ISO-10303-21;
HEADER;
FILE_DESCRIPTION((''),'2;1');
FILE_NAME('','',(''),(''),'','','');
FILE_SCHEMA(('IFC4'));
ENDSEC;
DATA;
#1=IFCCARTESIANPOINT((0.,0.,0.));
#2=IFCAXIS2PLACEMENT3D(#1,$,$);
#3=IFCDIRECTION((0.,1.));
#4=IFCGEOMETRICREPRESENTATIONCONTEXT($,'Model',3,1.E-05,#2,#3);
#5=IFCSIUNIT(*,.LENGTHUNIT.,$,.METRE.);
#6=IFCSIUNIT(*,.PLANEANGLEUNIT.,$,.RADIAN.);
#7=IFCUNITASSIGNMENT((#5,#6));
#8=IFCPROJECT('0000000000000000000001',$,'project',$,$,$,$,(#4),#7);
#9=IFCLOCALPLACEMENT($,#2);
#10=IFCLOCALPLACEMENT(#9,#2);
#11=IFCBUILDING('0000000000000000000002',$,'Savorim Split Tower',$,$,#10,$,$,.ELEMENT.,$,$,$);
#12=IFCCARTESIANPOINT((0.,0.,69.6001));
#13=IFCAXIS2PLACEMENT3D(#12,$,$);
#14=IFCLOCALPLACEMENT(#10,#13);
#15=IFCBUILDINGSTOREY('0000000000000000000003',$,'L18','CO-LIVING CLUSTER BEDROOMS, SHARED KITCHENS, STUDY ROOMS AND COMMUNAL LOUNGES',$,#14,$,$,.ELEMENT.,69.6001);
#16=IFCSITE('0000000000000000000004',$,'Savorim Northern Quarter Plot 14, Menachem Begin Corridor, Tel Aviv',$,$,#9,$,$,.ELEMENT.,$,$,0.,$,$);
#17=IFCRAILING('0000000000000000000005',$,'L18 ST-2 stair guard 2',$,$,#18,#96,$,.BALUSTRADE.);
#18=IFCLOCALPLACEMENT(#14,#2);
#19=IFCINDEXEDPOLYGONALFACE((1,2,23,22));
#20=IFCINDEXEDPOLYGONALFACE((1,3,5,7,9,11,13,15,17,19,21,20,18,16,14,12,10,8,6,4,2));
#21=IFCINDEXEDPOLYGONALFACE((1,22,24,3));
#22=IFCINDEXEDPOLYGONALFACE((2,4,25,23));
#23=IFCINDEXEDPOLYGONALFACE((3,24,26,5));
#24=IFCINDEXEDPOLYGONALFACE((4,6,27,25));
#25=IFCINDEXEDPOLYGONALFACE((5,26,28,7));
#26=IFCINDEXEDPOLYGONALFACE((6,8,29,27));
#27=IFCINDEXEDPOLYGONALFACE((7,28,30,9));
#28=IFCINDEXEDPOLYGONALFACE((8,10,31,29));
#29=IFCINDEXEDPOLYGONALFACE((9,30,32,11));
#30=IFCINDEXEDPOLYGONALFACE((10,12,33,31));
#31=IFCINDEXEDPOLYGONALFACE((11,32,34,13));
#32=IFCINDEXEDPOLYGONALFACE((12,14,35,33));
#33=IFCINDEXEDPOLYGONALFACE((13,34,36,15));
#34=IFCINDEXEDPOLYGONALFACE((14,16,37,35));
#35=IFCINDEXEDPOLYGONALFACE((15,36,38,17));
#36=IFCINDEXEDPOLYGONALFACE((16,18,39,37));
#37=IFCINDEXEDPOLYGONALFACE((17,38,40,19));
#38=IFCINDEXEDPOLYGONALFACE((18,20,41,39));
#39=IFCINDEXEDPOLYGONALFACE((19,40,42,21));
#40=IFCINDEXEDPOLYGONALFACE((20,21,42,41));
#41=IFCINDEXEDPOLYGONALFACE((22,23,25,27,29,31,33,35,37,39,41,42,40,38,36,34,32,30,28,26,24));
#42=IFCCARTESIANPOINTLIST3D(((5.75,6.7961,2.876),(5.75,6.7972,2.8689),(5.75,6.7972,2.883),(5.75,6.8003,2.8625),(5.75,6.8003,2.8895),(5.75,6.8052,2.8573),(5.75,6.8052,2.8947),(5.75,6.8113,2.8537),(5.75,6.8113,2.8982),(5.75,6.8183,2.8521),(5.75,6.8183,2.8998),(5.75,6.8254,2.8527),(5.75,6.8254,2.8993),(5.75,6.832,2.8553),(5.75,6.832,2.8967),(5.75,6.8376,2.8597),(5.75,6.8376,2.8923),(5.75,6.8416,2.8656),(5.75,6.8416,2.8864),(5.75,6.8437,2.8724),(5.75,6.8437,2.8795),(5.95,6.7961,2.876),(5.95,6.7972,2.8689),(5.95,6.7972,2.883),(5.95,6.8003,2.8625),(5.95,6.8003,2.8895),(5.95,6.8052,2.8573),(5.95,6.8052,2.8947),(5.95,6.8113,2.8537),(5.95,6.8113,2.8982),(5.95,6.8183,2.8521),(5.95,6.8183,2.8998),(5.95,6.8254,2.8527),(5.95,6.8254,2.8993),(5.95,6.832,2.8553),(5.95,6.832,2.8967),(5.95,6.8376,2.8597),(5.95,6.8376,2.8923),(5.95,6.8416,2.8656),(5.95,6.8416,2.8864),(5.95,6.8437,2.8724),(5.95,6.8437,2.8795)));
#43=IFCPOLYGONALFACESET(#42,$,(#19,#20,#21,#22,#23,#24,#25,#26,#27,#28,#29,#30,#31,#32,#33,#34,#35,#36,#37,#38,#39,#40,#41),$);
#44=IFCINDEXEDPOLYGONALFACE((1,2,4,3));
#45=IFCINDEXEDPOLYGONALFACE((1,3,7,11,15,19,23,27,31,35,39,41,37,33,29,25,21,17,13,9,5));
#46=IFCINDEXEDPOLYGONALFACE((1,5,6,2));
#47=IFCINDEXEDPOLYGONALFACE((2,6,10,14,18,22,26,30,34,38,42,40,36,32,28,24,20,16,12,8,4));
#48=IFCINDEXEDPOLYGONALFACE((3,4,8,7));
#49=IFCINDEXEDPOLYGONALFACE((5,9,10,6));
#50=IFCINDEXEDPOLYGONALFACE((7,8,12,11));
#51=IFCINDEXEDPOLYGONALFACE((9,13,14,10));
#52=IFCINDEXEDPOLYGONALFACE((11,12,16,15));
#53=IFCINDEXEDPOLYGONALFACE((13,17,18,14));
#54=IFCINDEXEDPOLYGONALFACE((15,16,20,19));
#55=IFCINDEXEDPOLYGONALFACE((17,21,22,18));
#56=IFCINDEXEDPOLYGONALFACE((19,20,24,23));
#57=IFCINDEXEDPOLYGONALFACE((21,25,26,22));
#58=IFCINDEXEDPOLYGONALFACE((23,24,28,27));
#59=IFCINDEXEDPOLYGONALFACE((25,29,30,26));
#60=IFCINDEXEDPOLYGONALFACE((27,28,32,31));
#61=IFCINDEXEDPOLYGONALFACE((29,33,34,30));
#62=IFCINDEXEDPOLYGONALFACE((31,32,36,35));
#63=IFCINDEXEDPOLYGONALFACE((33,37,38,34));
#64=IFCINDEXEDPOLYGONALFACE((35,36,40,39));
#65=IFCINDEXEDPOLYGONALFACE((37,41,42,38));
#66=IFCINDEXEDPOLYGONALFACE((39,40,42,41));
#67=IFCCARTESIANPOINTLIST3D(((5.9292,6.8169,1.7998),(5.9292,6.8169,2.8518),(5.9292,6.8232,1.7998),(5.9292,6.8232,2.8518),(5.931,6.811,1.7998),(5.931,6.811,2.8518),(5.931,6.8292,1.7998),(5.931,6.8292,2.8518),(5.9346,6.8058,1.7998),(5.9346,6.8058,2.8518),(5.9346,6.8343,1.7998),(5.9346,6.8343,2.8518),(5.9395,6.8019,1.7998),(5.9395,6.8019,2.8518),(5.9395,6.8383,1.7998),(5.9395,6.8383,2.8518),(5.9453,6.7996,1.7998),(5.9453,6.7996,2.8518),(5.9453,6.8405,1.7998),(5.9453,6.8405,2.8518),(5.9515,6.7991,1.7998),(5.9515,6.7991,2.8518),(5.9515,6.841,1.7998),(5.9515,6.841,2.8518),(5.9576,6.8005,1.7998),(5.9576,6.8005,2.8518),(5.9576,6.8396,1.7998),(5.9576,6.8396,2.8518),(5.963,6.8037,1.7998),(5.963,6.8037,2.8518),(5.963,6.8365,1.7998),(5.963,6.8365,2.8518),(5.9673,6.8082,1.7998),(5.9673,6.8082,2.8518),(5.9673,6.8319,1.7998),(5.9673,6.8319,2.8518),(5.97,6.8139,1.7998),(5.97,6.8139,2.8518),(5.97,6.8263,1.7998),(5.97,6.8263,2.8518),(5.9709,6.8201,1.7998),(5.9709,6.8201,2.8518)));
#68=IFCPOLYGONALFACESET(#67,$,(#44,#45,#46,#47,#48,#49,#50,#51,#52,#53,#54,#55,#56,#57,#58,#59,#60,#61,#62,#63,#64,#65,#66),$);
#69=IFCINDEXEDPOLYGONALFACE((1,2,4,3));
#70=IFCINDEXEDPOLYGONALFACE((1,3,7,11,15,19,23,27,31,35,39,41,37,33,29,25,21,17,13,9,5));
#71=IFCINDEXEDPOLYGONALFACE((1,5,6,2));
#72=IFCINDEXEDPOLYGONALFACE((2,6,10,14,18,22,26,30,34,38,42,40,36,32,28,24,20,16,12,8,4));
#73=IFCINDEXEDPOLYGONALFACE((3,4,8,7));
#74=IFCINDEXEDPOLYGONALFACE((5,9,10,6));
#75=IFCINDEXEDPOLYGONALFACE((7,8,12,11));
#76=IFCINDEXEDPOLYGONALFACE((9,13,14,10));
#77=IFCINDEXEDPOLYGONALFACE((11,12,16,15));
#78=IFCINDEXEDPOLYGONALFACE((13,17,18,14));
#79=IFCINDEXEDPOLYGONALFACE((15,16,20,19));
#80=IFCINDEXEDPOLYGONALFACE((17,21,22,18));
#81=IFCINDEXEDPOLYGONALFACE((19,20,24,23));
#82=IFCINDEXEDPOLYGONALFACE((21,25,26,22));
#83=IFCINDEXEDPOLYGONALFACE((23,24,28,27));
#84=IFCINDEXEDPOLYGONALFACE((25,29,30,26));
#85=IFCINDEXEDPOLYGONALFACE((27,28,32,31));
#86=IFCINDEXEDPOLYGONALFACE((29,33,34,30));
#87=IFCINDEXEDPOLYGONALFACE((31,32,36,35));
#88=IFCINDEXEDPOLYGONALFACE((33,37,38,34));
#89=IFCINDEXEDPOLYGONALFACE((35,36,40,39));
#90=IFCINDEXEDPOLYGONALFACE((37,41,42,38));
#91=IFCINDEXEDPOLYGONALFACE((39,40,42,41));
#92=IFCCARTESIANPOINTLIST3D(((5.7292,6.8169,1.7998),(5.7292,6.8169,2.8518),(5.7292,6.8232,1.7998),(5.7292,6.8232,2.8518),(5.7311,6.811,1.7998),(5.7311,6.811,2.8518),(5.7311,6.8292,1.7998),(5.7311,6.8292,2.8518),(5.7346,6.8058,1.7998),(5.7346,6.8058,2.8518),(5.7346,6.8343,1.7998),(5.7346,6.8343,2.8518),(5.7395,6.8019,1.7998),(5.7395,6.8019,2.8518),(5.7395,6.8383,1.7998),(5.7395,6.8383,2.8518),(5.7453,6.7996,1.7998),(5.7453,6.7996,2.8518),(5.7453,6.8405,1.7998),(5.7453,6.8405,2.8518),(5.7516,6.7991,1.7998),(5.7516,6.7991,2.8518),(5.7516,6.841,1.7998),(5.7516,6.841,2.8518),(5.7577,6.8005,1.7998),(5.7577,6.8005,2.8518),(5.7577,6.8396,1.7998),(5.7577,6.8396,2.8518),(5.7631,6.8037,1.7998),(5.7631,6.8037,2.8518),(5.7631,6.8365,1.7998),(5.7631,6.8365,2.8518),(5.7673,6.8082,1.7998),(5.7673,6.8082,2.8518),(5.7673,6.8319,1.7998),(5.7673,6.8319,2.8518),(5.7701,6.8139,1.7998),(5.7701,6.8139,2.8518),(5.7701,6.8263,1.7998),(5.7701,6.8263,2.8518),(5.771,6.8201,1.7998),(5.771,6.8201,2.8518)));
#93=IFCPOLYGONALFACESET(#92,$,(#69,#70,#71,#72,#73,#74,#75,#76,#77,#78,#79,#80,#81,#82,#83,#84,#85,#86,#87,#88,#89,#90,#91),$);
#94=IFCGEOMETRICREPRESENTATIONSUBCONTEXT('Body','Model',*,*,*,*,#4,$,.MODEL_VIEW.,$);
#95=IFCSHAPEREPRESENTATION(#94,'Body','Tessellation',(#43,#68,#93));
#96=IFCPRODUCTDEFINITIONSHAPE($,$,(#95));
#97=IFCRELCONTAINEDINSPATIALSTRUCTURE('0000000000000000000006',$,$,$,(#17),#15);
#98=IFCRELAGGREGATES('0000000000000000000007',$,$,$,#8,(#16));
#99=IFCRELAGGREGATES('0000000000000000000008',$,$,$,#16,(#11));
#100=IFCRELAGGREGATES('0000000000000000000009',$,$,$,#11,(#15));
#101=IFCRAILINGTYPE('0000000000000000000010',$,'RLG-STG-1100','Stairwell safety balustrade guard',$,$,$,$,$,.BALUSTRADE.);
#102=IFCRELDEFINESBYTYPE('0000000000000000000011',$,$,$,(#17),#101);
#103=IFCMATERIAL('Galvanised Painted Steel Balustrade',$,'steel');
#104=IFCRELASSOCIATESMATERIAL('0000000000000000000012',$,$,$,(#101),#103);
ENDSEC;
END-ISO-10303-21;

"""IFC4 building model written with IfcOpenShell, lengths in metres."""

from ifc_helpers import new_model, si_unit, direction, frame, origin, origin_2d, place, context, subcontext, project, spatial, circle, extrude, material, type_object, element, save


model = new_model("IFC4")

# Units and contexts
model_context = context("Model", 3, precision=1e-05, world=origin(), true_north=direction((0.0, 1.0)))
body_context = subcontext(model_context, "Body", "Model", "MODEL_VIEW")
ifc_project = project(units=[si_unit("LENGTHUNIT", "METRE"), si_unit("PLANEANGLEUNIT", "RADIAN")], contexts=[model_context])

# Site, building, storey
site_placement = place(None, origin())
site = spatial("IfcSite", under=ifc_project, at=site_placement, Name="Savorim Northern Quarter Plot 14, Menachem Begin Corridor, Tel Aviv", CompositionType="ELEMENT", RefElevation=0.0)
building_placement = place(site_placement, origin())
building = spatial("IfcBuilding", under=site, at=building_placement, Name="Savorim Split Tower", CompositionType="ELEMENT")
storey_placement = place(building_placement, frame((0.0, 0.0, 69.6001)))
storey = spatial("IfcBuildingStorey", under=building, at=storey_placement, Name="L18", Description="CO-LIVING CLUSTER BEDROOMS, SHARED KITCHENS, STUDY ROOMS AND COMMUNAL LOUNGES", CompositionType="ELEMENT", Elevation=69.6001)

# Railing
ifc_material_1 = material(Name="Galvanised Painted Steel Balustrade", Category="steel")
railing_type_1 = type_object("IfcRailingType", Name="RLG-STG-1100", Description="Stairwell safety balustrade guard", PredefinedType="BALUSTRADE", material=ifc_material_1)
railing_1_placement = place(storey_placement, frame((5.95, 6.8201, 1.7998)))
element("IfcRailing", 1, at=railing_1_placement, inside=storey, type_object=railing_type_1, Name="L18 ST-2 stair guard 2", PredefinedType="BALUSTRADE", context=body_context, shape_type="SweptSolid", body=[
    extrude(circle(Radius=0.0239, at=origin_2d()), frame((0.0, 0.0, 1.0762), z_axis=(-1.0, 0.0, 0.0), x_axis=(0.0, -1.0, 0.0)), (0.0, 0.0, 1.0), 0.2),
    extrude(circle(Radius=0.021, at=origin_2d()), origin(), (0.0, 0.0, 1.0), 1.052),
    extrude(circle(Radius=0.021, at=origin_2d()), frame((-0.2, 0.0, 0.0)), (0.0, 0.0, 1.0), 1.052),
])

save(model, "model.ifc")
